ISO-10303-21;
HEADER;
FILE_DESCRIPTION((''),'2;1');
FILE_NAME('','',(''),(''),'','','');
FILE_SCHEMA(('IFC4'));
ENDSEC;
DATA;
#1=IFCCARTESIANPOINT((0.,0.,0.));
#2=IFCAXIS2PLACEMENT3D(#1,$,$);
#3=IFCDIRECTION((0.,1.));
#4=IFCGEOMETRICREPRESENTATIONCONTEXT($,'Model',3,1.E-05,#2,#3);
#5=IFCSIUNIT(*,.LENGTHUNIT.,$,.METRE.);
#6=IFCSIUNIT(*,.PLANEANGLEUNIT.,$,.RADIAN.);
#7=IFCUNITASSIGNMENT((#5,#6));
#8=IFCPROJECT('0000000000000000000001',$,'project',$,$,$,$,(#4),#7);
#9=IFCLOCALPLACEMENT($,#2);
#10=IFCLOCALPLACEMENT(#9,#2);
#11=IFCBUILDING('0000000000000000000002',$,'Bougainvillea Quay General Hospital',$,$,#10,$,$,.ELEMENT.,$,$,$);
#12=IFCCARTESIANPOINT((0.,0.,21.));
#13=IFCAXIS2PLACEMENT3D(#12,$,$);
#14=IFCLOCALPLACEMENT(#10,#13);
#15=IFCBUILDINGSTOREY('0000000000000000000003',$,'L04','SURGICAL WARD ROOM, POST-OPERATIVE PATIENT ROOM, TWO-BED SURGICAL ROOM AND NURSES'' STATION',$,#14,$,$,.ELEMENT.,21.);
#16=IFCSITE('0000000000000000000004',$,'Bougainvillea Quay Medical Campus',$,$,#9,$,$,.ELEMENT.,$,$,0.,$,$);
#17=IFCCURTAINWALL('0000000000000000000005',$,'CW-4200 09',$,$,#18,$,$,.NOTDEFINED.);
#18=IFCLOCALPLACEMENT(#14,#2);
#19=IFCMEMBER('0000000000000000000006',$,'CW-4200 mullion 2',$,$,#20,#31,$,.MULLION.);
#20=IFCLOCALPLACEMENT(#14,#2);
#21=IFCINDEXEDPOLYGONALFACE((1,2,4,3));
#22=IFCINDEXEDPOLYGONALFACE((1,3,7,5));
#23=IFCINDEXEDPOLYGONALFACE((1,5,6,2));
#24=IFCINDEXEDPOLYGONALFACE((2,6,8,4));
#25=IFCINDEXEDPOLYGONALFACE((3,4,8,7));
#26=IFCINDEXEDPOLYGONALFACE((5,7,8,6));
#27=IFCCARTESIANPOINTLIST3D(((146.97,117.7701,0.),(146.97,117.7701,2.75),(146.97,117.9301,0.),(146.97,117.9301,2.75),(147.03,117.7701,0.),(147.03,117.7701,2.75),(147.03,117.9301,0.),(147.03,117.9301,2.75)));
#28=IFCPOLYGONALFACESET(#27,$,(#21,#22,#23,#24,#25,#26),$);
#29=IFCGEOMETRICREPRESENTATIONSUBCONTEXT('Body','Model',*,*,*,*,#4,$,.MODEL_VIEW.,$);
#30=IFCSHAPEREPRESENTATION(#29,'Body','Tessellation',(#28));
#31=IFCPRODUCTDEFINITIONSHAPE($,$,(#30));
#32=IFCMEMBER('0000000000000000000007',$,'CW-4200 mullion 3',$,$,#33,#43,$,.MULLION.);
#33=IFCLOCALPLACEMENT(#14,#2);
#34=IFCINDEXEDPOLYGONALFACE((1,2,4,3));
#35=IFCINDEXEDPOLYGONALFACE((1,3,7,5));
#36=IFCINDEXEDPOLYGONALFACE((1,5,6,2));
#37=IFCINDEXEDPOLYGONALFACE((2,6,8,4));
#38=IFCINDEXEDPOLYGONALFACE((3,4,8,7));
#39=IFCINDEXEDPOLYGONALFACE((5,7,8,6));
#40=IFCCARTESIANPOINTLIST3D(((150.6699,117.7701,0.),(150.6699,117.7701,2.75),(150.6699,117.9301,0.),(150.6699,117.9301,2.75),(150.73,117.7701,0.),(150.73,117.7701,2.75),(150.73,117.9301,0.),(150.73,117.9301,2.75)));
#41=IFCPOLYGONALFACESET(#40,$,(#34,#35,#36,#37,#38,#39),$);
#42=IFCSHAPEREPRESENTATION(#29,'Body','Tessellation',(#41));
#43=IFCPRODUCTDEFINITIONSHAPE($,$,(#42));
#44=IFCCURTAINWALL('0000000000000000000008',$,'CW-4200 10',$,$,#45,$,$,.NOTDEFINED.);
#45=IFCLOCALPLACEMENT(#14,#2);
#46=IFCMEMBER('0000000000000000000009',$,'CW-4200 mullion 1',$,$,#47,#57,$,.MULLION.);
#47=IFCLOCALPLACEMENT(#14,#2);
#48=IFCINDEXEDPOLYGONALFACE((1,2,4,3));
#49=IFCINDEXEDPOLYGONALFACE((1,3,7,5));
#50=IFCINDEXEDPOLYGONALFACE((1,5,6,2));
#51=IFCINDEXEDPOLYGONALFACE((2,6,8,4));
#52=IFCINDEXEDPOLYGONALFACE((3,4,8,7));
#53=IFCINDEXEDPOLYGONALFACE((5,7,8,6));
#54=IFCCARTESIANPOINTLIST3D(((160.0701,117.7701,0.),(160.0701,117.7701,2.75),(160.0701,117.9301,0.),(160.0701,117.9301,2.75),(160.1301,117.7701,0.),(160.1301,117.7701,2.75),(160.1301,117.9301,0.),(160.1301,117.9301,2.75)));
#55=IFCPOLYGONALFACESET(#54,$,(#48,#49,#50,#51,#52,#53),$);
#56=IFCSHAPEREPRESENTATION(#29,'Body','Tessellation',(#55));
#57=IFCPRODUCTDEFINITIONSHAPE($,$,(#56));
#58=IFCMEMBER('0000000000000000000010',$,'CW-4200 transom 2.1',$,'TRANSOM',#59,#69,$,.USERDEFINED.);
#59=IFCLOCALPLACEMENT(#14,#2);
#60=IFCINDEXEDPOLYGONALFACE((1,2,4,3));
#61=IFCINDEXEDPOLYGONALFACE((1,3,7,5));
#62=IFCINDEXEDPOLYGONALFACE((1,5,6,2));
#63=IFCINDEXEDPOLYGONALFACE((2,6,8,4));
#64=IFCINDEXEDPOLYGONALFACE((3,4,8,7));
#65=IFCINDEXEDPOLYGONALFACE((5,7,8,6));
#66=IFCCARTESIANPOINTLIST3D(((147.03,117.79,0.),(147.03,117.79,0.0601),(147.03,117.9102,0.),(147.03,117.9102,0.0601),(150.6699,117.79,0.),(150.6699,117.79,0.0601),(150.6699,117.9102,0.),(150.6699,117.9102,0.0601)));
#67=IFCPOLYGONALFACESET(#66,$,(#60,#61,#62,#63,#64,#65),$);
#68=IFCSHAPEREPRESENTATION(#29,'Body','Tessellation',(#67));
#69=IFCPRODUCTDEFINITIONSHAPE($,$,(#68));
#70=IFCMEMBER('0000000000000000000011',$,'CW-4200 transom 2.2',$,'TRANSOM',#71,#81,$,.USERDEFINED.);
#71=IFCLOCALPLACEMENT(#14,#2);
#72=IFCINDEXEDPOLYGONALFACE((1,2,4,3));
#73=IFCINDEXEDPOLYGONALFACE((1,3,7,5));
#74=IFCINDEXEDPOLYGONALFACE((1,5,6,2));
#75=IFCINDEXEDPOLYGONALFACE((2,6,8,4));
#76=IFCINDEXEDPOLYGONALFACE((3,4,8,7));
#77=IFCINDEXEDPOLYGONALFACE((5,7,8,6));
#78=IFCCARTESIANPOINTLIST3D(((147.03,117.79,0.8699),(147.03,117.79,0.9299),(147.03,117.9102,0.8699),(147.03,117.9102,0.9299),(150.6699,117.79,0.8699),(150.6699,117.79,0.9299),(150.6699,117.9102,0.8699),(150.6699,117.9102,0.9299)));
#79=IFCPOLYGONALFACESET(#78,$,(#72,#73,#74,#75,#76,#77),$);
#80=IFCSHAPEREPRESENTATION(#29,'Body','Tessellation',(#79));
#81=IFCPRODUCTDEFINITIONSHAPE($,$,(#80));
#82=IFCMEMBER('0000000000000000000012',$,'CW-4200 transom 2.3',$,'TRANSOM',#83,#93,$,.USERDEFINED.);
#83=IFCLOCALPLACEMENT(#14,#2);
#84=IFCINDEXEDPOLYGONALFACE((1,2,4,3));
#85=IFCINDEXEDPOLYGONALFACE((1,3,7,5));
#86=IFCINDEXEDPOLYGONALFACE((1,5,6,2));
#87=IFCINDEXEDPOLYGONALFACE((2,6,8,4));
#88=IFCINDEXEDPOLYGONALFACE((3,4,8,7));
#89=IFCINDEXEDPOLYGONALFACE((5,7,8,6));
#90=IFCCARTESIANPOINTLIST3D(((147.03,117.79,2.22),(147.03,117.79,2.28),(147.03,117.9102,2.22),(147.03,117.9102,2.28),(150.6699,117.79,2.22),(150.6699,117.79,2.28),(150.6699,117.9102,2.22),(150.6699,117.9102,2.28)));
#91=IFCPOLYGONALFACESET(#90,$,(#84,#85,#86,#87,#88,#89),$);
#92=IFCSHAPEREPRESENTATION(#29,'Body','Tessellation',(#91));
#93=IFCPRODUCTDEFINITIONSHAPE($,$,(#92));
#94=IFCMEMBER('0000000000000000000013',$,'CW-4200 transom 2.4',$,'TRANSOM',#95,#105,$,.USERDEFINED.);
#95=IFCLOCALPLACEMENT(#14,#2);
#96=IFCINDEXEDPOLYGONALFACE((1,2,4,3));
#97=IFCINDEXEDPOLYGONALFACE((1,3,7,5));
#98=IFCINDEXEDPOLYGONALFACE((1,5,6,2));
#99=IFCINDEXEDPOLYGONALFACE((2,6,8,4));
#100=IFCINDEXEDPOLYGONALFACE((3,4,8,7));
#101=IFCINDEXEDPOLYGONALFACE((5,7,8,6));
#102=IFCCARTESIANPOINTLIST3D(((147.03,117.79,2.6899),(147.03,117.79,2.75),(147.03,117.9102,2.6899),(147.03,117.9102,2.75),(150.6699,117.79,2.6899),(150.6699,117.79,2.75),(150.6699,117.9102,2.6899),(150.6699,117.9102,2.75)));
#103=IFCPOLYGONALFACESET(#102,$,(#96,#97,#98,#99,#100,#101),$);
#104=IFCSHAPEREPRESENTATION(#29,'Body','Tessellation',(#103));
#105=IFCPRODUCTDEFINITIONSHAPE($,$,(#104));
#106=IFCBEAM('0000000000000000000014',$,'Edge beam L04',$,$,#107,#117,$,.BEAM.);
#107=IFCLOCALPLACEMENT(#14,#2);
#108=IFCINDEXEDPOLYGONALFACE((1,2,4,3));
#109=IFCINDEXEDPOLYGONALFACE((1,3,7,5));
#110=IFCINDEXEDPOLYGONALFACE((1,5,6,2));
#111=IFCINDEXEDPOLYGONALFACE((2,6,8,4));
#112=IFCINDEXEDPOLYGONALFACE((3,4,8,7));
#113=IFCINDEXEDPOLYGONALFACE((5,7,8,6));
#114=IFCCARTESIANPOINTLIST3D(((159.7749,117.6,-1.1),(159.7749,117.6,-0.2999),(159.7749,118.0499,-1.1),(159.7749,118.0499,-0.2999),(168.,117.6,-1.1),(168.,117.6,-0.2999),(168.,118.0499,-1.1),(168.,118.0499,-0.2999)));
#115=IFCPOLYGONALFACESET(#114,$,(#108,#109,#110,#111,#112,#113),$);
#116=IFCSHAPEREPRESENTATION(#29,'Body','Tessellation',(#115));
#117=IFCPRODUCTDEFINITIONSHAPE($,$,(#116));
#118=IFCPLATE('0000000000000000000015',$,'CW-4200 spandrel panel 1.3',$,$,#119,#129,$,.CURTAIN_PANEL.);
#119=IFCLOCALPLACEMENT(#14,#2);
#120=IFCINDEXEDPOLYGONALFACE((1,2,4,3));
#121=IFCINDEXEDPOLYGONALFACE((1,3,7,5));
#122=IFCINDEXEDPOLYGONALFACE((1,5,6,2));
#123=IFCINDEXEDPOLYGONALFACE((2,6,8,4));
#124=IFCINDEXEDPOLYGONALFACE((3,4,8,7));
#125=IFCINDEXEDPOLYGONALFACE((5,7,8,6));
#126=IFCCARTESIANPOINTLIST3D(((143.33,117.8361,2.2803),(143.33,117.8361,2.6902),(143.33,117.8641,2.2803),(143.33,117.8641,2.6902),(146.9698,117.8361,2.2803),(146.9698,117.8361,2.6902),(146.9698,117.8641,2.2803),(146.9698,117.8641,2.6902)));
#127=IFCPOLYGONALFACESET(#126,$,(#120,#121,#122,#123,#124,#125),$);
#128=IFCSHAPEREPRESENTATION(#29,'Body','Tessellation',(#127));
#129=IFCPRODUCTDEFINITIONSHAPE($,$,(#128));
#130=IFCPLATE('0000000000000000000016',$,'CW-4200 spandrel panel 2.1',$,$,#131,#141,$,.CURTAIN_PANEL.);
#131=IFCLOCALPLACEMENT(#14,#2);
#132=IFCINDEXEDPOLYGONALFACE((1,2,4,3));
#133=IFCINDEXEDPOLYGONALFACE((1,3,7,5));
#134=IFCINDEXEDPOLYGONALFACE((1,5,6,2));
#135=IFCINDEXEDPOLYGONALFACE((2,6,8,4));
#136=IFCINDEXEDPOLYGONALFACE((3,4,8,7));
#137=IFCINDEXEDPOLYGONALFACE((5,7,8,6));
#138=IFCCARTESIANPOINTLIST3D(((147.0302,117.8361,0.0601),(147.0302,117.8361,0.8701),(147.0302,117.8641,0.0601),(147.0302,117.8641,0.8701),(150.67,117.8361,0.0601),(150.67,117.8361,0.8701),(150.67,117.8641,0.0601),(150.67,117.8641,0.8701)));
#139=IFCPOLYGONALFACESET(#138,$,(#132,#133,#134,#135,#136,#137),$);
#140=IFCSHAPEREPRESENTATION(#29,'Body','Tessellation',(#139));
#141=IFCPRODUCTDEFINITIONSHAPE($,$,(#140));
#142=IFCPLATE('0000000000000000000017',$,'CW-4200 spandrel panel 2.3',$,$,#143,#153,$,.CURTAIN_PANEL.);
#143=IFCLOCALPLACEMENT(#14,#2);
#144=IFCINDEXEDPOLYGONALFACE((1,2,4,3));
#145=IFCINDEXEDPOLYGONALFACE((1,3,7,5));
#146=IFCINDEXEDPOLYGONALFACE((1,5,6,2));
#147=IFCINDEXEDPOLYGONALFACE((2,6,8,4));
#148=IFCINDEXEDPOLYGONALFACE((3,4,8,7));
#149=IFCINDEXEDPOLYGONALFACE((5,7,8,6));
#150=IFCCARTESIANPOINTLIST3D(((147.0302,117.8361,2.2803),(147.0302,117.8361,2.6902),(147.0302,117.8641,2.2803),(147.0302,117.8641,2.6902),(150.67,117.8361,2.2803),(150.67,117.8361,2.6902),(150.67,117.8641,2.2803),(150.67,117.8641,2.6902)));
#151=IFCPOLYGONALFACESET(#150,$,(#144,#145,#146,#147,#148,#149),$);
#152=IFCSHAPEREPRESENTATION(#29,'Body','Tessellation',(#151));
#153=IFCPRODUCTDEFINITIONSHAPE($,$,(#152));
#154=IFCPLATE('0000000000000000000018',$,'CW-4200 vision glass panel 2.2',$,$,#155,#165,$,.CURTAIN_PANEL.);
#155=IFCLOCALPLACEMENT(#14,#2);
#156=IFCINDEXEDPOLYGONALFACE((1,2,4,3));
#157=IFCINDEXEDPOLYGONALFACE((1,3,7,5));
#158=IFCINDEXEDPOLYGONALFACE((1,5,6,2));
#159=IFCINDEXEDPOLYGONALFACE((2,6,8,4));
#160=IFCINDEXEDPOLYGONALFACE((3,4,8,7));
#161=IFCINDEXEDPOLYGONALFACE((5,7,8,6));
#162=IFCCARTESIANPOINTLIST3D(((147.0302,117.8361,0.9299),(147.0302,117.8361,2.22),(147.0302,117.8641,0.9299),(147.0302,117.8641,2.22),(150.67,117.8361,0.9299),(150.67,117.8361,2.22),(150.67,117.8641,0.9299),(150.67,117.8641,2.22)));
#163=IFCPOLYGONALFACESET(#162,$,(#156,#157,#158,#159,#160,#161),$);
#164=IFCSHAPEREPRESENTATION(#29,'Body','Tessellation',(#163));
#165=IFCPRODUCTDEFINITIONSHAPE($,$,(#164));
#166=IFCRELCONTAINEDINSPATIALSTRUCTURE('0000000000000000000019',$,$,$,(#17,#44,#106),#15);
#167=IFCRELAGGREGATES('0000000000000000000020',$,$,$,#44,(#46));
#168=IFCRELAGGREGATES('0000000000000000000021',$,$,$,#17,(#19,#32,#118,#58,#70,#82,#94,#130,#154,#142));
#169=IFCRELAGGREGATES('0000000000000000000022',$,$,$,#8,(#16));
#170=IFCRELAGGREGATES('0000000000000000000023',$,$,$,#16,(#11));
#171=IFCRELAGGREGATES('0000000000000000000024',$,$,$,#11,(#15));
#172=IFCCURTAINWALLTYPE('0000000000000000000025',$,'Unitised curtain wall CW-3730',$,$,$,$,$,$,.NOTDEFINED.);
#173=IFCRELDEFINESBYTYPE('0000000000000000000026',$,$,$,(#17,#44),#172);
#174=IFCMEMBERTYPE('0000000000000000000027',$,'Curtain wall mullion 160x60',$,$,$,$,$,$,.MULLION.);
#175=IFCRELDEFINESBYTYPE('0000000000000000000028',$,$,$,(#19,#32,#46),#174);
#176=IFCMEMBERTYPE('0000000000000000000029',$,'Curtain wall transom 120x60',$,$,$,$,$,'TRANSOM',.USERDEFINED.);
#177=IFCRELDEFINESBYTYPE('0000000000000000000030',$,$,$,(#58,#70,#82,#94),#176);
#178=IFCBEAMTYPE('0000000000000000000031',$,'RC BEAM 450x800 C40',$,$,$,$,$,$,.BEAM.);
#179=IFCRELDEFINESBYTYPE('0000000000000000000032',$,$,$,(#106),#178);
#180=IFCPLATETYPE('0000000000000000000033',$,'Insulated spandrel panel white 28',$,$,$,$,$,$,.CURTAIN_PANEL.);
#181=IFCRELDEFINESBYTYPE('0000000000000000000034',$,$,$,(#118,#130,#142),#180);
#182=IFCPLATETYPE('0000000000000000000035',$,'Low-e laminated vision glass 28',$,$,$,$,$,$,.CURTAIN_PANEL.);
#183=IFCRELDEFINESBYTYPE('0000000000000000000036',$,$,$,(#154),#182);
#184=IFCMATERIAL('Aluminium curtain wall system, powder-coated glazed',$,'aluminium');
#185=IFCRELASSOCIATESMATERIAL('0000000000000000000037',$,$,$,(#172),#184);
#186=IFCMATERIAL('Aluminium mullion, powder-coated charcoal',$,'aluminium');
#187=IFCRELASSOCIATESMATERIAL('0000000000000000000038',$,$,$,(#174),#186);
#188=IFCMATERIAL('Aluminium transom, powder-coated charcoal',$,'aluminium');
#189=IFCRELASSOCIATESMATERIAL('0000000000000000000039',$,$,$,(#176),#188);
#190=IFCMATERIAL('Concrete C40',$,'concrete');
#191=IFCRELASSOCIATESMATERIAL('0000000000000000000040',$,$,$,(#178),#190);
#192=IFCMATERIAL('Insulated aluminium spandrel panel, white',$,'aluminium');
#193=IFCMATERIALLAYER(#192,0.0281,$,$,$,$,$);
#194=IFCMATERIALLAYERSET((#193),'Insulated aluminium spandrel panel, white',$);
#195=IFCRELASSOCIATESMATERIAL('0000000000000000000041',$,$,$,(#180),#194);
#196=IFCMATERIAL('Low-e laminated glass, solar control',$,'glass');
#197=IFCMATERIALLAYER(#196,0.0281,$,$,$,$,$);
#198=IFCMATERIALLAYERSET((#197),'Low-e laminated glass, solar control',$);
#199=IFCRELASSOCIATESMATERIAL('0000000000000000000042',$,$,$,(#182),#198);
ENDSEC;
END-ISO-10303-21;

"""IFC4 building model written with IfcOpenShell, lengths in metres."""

from ifc_helpers import new_model, si_unit, direction, frame, origin, origin_2d, place, context, subcontext, project, spatial, rectangle, extrude, material, layer, layer_set, material_profile, profile_set, type_object, element, aggregate, save


model = new_model("IFC4")

# Units and contexts
model_context = context("Model", 3, precision=1e-05, world=origin(), true_north=direction((0.0, 1.0)))
body_context = subcontext(model_context, "Body", "Model", "MODEL_VIEW")
ifc_project = project(units=[si_unit("LENGTHUNIT", "METRE"), si_unit("PLANEANGLEUNIT", "RADIAN")], contexts=[model_context])

# Site, building, storey
site_placement = place(None, origin())
site = spatial("IfcSite", under=ifc_project, at=site_placement, Name="Bougainvillea Quay Medical Campus", CompositionType="ELEMENT", RefElevation=0.0)
building_placement = place(site_placement, origin())
building = spatial("IfcBuilding", under=site, at=building_placement, Name="Bougainvillea Quay General Hospital", CompositionType="ELEMENT")
storey_placement = place(building_placement, frame((0.0, 0.0, 21.0)))
storey = spatial("IfcBuildingStorey", under=building, at=storey_placement, Name="L04", Description="SURGICAL WARD ROOM, POST-OPERATIVE PATIENT ROOM, TWO-BED SURGICAL ROOM AND NURSES' STATION", CompositionType="ELEMENT", Elevation=21.0)

# Curtain wall, members
ifc_material_1 = material(Name="Aluminium curtain wall system, powder-coated glazed", Category="aluminium")
curtain_wall_type = type_object("IfcCurtainWallType", Name="Unitised curtain wall CW-3730", PredefinedType="NOTDEFINED", material=ifc_material_1)
curtain_wall_1_placement = place(storey_placement, origin())
curtain_wall_1 = element("IfcCurtainWall", 1, at=curtain_wall_1_placement, inside=storey, type_object=curtain_wall_type, Name="CW-4200 09", PredefinedType="NOTDEFINED")
ifc_material_2 = material(Name="Aluminium mullion, powder-coated charcoal", Category="aluminium")
ifc_material_profile_1 = material_profile(ifc_material_2, rectangle(XDim=0.1599, YDim=0.0601, at=origin_2d()))
ifc_profile_set_1 = profile_set([ifc_material_profile_1], Name="Aluminium mullion, powder-coated charcoal")
member_type_1 = type_object("IfcMemberType", Name="Curtain wall mullion 160x60", PredefinedType="MULLION", material=ifc_profile_set_1)
member_1_placement = place(storey_placement, frame((147.0, 117.8501, 0.0), z_axis=(0.0, 0.0, 1.0), x_axis=(0.0, 1.0, 0.0)))
member_1 = element("IfcMember", 2, at=member_1_placement, type_object=member_type_1, Name="CW-4200 mullion 2", PredefinedType="MULLION", context=body_context, shape_type="SweptSolid", body=[
    extrude(rectangle(XDim=0.1599, YDim=0.0601, at=origin_2d()), origin(), (0.0, 0.0, 1.0), 2.75),
])
member_2_placement = place(storey_placement, frame((150.7, 117.8501, 0.0), z_axis=(0.0, 0.0, 1.0), x_axis=(0.0, 1.0, 0.0)))
member_2 = element("IfcMember", 3, at=member_2_placement, type_object=member_type_1, Name="CW-4200 mullion 3", PredefinedType="MULLION", context=body_context, shape_type="SweptSolid", body=[
    extrude(rectangle(XDim=0.1599, YDim=0.0601, at=origin_2d()), origin(), (0.0, 0.0, 1.0), 2.75),
])

# Curtain wall, member
curtain_wall_2_placement = place(storey_placement, origin())
curtain_wall_2 = element("IfcCurtainWall", 4, at=curtain_wall_2_placement, inside=storey, type_object=curtain_wall_type, Name="CW-4200 10", PredefinedType="NOTDEFINED")
member_3_placement = place(storey_placement, frame((160.1001, 117.8501, 0.0), z_axis=(0.0, 0.0, 1.0), x_axis=(0.0, 1.0, 0.0)))
member_3 = element("IfcMember", 5, at=member_3_placement, type_object=member_type_1, Name="CW-4200 mullion 1", PredefinedType="MULLION", context=body_context, shape_type="SweptSolid", body=[
    extrude(rectangle(XDim=0.1599, YDim=0.0601, at=origin_2d()), origin(), (0.0, 0.0, 1.0), 2.75),
])
aggregate(curtain_wall_2, [member_3])

# Members
ifc_material_3 = material(Name="Aluminium transom, powder-coated charcoal", Category="aluminium")
ifc_material_profile_2 = material_profile(ifc_material_3, rectangle(XDim=0.1201, YDim=0.0601, at=origin_2d()))
ifc_profile_set_2 = profile_set([ifc_material_profile_2], Name="Aluminium transom, powder-coated charcoal")
member_type_2 = type_object("IfcMemberType", Name="Curtain wall transom 120x60", ElementType="TRANSOM", PredefinedType="USERDEFINED", material=ifc_profile_set_2)
member_4_placement = place(storey_placement, frame((147.03, 117.8501, 0.03), z_axis=(1.0, 0.0, 0.0), x_axis=(0.0, 1.0, 0.0)))
member_4 = element("IfcMember", 6, at=member_4_placement, type_object=member_type_2, Name="CW-4200 transom 2.1", ObjectType="TRANSOM", PredefinedType="USERDEFINED", context=body_context, shape_type="SweptSolid", body=[
    extrude(rectangle(XDim=0.1201, YDim=0.0601, at=origin_2d()), origin(), (0.0, 0.0, 1.0), 3.6399),
])
member_5_placement = place(storey_placement, frame((147.03, 117.8501, 0.8999), z_axis=(1.0, 0.0, 0.0), x_axis=(0.0, 1.0, 0.0)))
member_5 = element("IfcMember", 7, at=member_5_placement, type_object=member_type_2, Name="CW-4200 transom 2.2", ObjectType="TRANSOM", PredefinedType="USERDEFINED", context=body_context, shape_type="SweptSolid", body=[
    extrude(rectangle(XDim=0.1201, YDim=0.0601, at=origin_2d()), origin(), (0.0, 0.0, 1.0), 3.6399),
])
member_6_placement = place(storey_placement, frame((147.03, 117.8501, 2.25), z_axis=(1.0, 0.0, 0.0), x_axis=(0.0, 1.0, 0.0)))
member_6 = element("IfcMember", 8, at=member_6_placement, type_object=member_type_2, Name="CW-4200 transom 2.3", ObjectType="TRANSOM", PredefinedType="USERDEFINED", context=body_context, shape_type="SweptSolid", body=[
    extrude(rectangle(XDim=0.1201, YDim=0.0601, at=origin_2d()), origin(), (0.0, 0.0, 1.0), 3.6399),
])
member_7_placement = place(storey_placement, frame((147.03, 117.8501, 2.72), z_axis=(1.0, 0.0, 0.0), x_axis=(0.0, 1.0, 0.0)))
member_7 = element("IfcMember", 9, at=member_7_placement, type_object=member_type_2, Name="CW-4200 transom 2.4", ObjectType="TRANSOM", PredefinedType="USERDEFINED", context=body_context, shape_type="SweptSolid", body=[
    extrude(rectangle(XDim=0.1201, YDim=0.0601, at=origin_2d()), origin(), (0.0, 0.0, 1.0), 3.6399),
])

# Beam
ifc_material_4 = material(Name="Concrete C40", Category="concrete")
ifc_material_profile_3 = material_profile(ifc_material_4, rectangle(XDim=0.45, YDim=0.8, at=origin_2d()))
ifc_profile_set_3 = profile_set([ifc_material_profile_3], Name="Concrete C40")
beam_type = type_object("IfcBeamType", Name="RC BEAM 450x800 C40", PredefinedType="BEAM", material=ifc_profile_set_3)
beam_placement = place(storey_placement, frame((159.7749, 117.825, -0.7), z_axis=(1.0, 0.0, 0.0), x_axis=(0.0, 1.0, 0.0)))
element("IfcBeam", 10, at=beam_placement, inside=storey, type_object=beam_type, Name="Edge beam L04", PredefinedType="BEAM", context=body_context, shape_type="SweptSolid", body=[
    extrude(rectangle(XDim=0.45, YDim=0.8, at=origin_2d()), origin(), (0.0, 0.0, 1.0), 8.2251),
])

# Plates
ifc_material_5 = material(Name="Insulated aluminium spandrel panel, white", Category="aluminium")
ifc_layer_1 = layer(ifc_material_5, 0.0281)
ifc_layer_set_1 = layer_set([ifc_layer_1], Name="Insulated aluminium spandrel panel, white")
plate_type_1 = type_object("IfcPlateType", Name="Insulated spandrel panel white 28", PredefinedType="CURTAIN_PANEL", material=ifc_layer_set_1)
plate_1_placement = place(storey_placement, frame((145.1499, 117.8501, 2.2803), z_axis=(0.0, 0.0, 1.0), x_axis=(1.0, 0.0, 0.0)))
plate_1 = element("IfcPlate", 11, at=plate_1_placement, type_object=plate_type_1, Name="CW-4200 spandrel panel 1.3", PredefinedType="CURTAIN_PANEL", context=body_context, shape_type="SweptSolid", body=[
    extrude(rectangle(XDim=3.6399, YDim=0.0281, at=origin_2d()), origin(), (0.0, 0.0, 1.0), 0.4099),
])
plate_2_placement = place(storey_placement, frame((148.8501, 117.8501, 0.0601), z_axis=(0.0, 0.0, 1.0), x_axis=(1.0, 0.0, 0.0)))
plate_2 = element("IfcPlate", 12, at=plate_2_placement, type_object=plate_type_1, Name="CW-4200 spandrel panel 2.1", PredefinedType="CURTAIN_PANEL", context=body_context, shape_type="SweptSolid", body=[
    extrude(rectangle(XDim=3.6399, YDim=0.0281, at=origin_2d()), origin(), (0.0, 0.0, 1.0), 0.8101),
])
plate_3_placement = place(storey_placement, frame((148.8501, 117.8501, 2.2803), z_axis=(0.0, 0.0, 1.0), x_axis=(1.0, 0.0, 0.0)))
plate_3 = element("IfcPlate", 13, at=plate_3_placement, type_object=plate_type_1, Name="CW-4200 spandrel panel 2.3", PredefinedType="CURTAIN_PANEL", context=body_context, shape_type="SweptSolid", body=[
    extrude(rectangle(XDim=3.6399, YDim=0.0281, at=origin_2d()), origin(), (0.0, 0.0, 1.0), 0.4099),
])
ifc_material_6 = material(Name="Low-e laminated glass, solar control", Category="glass")
ifc_layer_2 = layer(ifc_material_6, 0.0281)
ifc_layer_set_2 = layer_set([ifc_layer_2], Name="Low-e laminated glass, solar control")
plate_type_2 = type_object("IfcPlateType", Name="Low-e laminated vision glass 28", PredefinedType="CURTAIN_PANEL", material=ifc_layer_set_2)
plate_4_placement = place(storey_placement, frame((148.8501, 117.8501, 0.9299), z_axis=(0.0, 0.0, 1.0), x_axis=(1.0, 0.0, 0.0)))
plate_4 = element("IfcPlate", 14, at=plate_4_placement, type_object=plate_type_2, Name="CW-4200 vision glass panel 2.2", PredefinedType="CURTAIN_PANEL", context=body_context, shape_type="SweptSolid", body=[
    extrude(rectangle(XDim=3.6399, YDim=0.0281, at=origin_2d()), origin(), (0.0, 0.0, 1.0), 1.29),
])
aggregate(curtain_wall_1, [member_1, member_2, plate_1, member_4, member_5, member_6, member_7, plate_2, plate_4, plate_3])

save(model, "model.ifc")
